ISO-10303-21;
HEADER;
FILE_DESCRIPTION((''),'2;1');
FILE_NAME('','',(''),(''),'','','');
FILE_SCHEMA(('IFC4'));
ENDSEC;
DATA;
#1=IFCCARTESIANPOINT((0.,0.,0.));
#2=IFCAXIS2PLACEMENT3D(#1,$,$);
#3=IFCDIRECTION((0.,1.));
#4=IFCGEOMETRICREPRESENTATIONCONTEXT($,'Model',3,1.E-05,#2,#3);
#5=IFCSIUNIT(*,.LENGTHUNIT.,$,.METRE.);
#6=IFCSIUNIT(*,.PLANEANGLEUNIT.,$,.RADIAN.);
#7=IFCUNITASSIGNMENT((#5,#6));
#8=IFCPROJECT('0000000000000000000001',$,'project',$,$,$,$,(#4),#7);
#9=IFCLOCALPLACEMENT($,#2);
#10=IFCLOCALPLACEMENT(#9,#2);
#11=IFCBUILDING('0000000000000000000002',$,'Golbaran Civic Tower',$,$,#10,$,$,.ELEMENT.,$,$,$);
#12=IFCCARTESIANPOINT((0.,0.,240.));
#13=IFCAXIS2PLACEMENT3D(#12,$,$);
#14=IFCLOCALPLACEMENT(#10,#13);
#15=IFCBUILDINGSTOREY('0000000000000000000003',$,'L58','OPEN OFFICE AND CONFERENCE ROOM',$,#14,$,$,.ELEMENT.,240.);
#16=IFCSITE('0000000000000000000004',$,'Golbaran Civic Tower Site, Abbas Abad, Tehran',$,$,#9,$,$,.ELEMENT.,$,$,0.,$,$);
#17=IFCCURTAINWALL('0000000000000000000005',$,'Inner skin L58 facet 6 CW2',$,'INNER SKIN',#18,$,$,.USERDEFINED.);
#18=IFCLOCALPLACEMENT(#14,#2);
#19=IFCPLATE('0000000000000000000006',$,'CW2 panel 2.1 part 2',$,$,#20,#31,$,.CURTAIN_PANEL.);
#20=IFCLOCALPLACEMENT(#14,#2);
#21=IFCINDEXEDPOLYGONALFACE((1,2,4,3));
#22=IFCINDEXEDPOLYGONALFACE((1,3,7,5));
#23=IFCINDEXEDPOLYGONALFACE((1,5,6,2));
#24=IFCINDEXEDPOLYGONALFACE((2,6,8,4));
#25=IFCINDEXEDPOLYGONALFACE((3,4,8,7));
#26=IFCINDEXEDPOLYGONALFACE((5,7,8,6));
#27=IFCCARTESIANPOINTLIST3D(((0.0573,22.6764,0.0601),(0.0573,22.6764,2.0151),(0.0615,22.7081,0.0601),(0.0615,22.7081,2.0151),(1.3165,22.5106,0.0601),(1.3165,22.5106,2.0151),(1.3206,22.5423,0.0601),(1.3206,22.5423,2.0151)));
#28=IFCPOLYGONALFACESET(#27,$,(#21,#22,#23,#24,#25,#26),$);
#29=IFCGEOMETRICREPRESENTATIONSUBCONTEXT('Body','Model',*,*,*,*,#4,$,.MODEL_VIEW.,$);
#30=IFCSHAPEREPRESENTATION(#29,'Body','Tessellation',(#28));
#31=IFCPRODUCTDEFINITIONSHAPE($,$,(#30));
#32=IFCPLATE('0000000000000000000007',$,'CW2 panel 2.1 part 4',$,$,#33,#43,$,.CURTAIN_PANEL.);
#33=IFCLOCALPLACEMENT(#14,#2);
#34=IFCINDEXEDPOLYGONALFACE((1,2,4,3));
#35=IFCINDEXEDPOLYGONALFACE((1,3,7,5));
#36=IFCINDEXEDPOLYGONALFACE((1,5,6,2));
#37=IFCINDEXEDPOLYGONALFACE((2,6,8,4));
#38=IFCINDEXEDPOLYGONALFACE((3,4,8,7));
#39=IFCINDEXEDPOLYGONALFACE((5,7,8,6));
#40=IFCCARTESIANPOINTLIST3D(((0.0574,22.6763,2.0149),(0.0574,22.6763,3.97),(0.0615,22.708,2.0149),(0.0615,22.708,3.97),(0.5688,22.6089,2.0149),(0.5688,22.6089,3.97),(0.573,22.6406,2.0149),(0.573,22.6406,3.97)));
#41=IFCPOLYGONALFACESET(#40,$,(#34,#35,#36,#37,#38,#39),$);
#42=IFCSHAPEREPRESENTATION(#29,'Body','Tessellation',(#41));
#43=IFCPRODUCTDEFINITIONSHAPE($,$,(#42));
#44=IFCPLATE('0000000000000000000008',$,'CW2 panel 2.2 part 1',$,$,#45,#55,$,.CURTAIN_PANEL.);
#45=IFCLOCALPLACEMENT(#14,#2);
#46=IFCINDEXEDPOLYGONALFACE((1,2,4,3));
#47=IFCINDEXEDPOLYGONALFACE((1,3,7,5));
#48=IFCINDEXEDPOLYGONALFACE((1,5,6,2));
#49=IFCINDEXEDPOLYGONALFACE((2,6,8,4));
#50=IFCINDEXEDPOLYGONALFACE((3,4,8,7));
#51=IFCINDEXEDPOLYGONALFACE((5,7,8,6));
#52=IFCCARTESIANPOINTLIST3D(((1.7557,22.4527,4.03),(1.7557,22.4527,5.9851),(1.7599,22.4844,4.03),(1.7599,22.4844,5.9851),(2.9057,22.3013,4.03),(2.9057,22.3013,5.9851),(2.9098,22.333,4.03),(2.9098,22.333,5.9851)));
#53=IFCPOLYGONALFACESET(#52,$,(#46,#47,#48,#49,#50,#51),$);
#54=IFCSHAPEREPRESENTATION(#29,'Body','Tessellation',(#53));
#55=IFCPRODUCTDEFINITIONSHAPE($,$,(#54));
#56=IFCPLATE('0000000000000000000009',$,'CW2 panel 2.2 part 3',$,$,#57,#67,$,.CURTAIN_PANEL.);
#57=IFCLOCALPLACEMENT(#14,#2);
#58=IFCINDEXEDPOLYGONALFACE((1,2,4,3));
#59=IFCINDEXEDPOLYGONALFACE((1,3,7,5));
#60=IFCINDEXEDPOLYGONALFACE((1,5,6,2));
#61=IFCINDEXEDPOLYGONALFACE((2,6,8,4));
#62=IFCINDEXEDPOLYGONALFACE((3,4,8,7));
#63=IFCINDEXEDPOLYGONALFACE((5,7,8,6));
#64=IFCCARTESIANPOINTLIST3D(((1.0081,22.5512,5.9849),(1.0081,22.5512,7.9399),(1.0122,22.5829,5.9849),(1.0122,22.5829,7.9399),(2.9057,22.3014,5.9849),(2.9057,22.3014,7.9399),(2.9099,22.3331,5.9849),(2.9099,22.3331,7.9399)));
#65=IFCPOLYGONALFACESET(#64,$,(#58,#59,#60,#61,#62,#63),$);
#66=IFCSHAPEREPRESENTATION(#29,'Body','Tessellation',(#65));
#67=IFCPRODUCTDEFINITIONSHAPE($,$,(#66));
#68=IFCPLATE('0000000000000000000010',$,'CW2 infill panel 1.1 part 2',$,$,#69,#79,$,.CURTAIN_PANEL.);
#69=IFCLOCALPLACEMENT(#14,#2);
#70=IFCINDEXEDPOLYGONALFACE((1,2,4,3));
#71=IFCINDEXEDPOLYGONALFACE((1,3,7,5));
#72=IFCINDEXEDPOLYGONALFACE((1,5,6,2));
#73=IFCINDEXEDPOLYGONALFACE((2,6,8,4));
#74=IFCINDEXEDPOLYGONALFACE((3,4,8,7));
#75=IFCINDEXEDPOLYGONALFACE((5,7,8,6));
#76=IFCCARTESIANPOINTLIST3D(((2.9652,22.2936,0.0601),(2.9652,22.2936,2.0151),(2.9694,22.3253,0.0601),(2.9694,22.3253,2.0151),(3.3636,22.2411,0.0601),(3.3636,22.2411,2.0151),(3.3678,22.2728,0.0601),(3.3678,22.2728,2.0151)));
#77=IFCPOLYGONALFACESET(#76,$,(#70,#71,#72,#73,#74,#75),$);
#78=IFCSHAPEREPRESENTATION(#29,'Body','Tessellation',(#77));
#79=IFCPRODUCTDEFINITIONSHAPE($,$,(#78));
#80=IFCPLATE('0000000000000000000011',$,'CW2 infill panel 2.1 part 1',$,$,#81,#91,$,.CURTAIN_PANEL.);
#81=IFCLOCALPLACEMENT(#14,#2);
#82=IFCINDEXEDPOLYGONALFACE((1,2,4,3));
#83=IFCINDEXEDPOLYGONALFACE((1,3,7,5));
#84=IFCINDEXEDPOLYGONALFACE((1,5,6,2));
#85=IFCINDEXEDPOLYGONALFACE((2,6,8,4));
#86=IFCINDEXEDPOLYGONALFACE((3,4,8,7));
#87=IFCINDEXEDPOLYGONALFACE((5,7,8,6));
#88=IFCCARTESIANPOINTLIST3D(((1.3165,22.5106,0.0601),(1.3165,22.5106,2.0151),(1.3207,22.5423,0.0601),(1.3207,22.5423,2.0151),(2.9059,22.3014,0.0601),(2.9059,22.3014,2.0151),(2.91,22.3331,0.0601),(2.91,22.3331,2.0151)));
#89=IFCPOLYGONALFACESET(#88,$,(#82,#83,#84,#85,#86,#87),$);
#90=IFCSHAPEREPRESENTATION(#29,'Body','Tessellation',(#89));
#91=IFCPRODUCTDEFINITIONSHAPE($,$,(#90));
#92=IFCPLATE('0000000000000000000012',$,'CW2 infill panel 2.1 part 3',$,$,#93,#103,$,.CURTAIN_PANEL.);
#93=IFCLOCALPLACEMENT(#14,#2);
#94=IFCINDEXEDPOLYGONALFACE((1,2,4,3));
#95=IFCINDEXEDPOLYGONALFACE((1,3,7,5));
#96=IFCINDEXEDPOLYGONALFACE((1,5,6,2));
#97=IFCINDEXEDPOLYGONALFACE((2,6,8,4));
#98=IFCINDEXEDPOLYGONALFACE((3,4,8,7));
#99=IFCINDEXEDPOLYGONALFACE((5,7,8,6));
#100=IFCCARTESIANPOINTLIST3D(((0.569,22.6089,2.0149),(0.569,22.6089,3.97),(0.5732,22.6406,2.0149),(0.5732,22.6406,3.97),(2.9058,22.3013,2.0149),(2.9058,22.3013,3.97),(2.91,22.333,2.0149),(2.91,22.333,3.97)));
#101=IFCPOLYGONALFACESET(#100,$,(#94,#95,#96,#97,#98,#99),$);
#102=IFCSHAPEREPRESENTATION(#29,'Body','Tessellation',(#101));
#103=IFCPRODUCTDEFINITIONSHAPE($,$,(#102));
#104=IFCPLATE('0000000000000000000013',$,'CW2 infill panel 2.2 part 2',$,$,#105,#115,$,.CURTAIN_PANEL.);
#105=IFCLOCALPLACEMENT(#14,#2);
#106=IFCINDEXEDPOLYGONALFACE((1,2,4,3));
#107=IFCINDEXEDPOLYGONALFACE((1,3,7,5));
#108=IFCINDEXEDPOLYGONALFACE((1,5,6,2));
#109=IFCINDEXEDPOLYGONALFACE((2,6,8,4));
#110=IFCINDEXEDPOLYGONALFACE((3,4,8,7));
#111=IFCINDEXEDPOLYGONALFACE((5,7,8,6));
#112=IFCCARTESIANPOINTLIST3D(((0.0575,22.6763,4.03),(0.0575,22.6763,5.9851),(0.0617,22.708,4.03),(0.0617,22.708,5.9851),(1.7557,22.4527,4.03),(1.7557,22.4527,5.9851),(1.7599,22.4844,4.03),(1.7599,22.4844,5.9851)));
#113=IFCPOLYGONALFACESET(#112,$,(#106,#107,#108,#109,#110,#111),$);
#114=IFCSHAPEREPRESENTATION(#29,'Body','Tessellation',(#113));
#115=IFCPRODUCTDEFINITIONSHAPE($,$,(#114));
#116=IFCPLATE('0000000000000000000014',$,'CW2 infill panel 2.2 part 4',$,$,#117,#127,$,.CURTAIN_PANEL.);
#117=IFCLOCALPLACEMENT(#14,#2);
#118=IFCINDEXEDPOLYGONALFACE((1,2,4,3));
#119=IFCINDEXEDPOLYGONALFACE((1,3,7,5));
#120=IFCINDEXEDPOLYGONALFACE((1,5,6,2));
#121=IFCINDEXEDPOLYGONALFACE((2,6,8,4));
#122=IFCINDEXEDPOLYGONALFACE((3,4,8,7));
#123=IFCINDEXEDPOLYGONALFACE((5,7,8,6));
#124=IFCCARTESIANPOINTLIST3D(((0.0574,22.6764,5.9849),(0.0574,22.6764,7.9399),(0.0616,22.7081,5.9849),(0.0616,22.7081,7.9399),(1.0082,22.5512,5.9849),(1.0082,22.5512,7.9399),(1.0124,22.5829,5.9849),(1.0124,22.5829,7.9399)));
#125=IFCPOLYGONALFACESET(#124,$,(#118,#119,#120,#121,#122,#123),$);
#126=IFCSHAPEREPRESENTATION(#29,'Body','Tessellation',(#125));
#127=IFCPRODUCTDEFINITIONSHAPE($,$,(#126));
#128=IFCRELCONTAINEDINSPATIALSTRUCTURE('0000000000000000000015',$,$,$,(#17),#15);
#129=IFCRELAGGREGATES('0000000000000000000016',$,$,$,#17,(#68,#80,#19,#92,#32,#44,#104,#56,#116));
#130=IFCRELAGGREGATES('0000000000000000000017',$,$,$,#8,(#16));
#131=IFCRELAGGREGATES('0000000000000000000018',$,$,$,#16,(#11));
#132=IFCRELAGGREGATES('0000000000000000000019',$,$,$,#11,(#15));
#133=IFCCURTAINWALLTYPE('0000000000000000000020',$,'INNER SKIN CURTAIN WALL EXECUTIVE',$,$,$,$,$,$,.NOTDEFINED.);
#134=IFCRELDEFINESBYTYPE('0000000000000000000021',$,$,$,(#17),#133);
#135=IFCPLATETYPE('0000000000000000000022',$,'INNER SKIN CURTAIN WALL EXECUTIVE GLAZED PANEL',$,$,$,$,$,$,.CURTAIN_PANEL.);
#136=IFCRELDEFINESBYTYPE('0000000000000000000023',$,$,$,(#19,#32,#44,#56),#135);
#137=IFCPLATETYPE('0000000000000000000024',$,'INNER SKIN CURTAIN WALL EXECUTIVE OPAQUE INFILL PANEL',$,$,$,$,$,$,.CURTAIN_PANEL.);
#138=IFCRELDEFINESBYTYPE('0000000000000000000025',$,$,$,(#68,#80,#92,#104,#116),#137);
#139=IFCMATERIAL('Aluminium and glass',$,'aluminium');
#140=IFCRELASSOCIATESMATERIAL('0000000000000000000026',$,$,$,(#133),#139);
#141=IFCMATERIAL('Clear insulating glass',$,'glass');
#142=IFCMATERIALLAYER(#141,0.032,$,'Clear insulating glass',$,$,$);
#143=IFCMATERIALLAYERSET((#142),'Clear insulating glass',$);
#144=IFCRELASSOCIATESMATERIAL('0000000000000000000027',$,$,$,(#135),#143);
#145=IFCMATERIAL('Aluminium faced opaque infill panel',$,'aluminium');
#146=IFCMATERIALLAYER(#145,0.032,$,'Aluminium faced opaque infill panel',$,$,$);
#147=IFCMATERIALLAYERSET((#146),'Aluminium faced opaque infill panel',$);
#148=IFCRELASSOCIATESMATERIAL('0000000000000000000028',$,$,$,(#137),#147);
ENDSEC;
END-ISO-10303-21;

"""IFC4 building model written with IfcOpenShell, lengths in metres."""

from ifc_helpers import new_model, si_unit, direction, frame, origin, origin_2d, place, context, subcontext, project, spatial, rectangle, extrude, material, layer, layer_set, type_object, element, aggregate, save


model = new_model("IFC4")

# Units and contexts
model_context = context("Model", 3, precision=1e-05, world=origin(), true_north=direction((0.0, 1.0)))
body_context = subcontext(model_context, "Body", "Model", "MODEL_VIEW")
ifc_project = project(units=[si_unit("LENGTHUNIT", "METRE"), si_unit("PLANEANGLEUNIT", "RADIAN")], contexts=[model_context])

# Site, building, storey
site_placement = place(None, origin())
site = spatial("IfcSite", under=ifc_project, at=site_placement, Name="Golbaran Civic Tower Site, Abbas Abad, Tehran", CompositionType="ELEMENT", RefElevation=0.0)
building_placement = place(site_placement, origin())
building = spatial("IfcBuilding", under=site, at=building_placement, Name="Golbaran Civic Tower", CompositionType="ELEMENT")
storey_placement = place(building_placement, frame((0.0, 0.0, 240.0)))
storey = spatial("IfcBuildingStorey", under=building, at=storey_placement, Name="L58", Description="OPEN OFFICE AND CONFERENCE ROOM", CompositionType="ELEMENT", Elevation=240.0)

# Curtain wall, plates
ifc_material_1 = material(Name="Aluminium and glass", Category="aluminium")
curtain_wall_type = type_object("IfcCurtainWallType", Name="INNER SKIN CURTAIN WALL EXECUTIVE", PredefinedType="NOTDEFINED", material=ifc_material_1)
curtain_wall_placement = place(storey_placement, origin())
curtain_wall = element("IfcCurtainWall", 1, at=curtain_wall_placement, inside=storey, type_object=curtain_wall_type, Name="Inner skin L58 facet 6 CW2", ObjectType="INNER SKIN", PredefinedType="USERDEFINED")
ifc_material_2 = material(Name="Clear insulating glass", Category="glass")
ifc_layer_1 = layer(ifc_material_2, 0.032, Name="Clear insulating glass")
ifc_layer_set_1 = layer_set([ifc_layer_1], Name="Clear insulating glass")
plate_type_1 = type_object("IfcPlateType", Name="INNER SKIN CURTAIN WALL EXECUTIVE GLAZED PANEL", PredefinedType="CURTAIN_PANEL", material=ifc_layer_set_1)
plate_1_placement = place(storey_placement, frame((0.689, 22.6094, 0.0601), z_axis=(0.0, 0.0, 1.0), x_axis=(-0.991445, 0.130526, 0.0)))
plate_1 = element("IfcPlate", 2, at=plate_1_placement, type_object=plate_type_1, Name="CW2 panel 2.1 part 2", PredefinedType="CURTAIN_PANEL", context=body_context, shape_type="SweptSolid", body=[
    extrude(rectangle(XDim=1.27, YDim=0.032, at=origin_2d()), origin(), (0.0, 0.0, 1.0), 1.9551),
])
plate_2_placement = place(storey_placement, frame((0.3152, 22.6584, 2.0149), z_axis=(0.0, 0.0, 1.0), x_axis=(-0.991445, 0.130526, 0.0)))
plate_2 = element("IfcPlate", 3, at=plate_2_placement, type_object=plate_type_1, Name="CW2 panel 2.1 part 4", PredefinedType="CURTAIN_PANEL", context=body_context, shape_type="SweptSolid", body=[
    extrude(rectangle(XDim=0.5159, YDim=0.032, at=origin_2d()), origin(), (0.0, 0.0, 1.0), 1.9551),
])
plate_3_placement = place(storey_placement, frame((2.3328, 22.3928, 4.03), z_axis=(0.0, 0.0, 1.0), x_axis=(-0.991445, 0.130526, 0.0)))
plate_3 = element("IfcPlate", 4, at=plate_3_placement, type_object=plate_type_1, Name="CW2 panel 2.2 part 1", PredefinedType="CURTAIN_PANEL", context=body_context, shape_type="SweptSolid", body=[
    extrude(rectangle(XDim=1.1599, YDim=0.032, at=origin_2d()), origin(), (0.0, 0.0, 1.0), 1.9551),
])
plate_4_placement = place(storey_placement, frame((1.959, 22.4421, 5.9849), z_axis=(0.0, 0.0, 1.0), x_axis=(-0.991445, 0.130526, 0.0)))
plate_4 = element("IfcPlate", 5, at=plate_4_placement, type_object=plate_type_1, Name="CW2 panel 2.2 part 3", PredefinedType="CURTAIN_PANEL", context=body_context, shape_type="SweptSolid", body=[
    extrude(rectangle(XDim=1.9141, YDim=0.032, at=origin_2d()), origin(), (0.0, 0.0, 1.0), 1.9551),
])
ifc_material_3 = material(Name="Aluminium faced opaque infill panel", Category="aluminium")
ifc_layer_2 = layer(ifc_material_3, 0.032, Name="Aluminium faced opaque infill panel")
ifc_layer_set_2 = layer_set([ifc_layer_2], Name="Aluminium faced opaque infill panel")
plate_type_2 = type_object("IfcPlateType", Name="INNER SKIN CURTAIN WALL EXECUTIVE OPAQUE INFILL PANEL", PredefinedType="CURTAIN_PANEL", material=ifc_layer_set_2)
plate_5_placement = place(storey_placement, frame((3.1665, 22.2832, 0.0601), z_axis=(0.0, 0.0, 1.0), x_axis=(-0.991445, 0.130526, 0.0)))
plate_5 = element("IfcPlate", 6, at=plate_5_placement, type_object=plate_type_2, Name="CW2 infill panel 1.1 part 2", PredefinedType="CURTAIN_PANEL", context=body_context, shape_type="SweptSolid", body=[
    extrude(rectangle(XDim=0.4019, YDim=0.032, at=origin_2d()), origin(), (0.0, 0.0, 1.0), 1.9551),
])
plate_6_placement = place(storey_placement, frame((2.1133, 22.4219, 0.0601), z_axis=(0.0, 0.0, 1.0), x_axis=(-0.991445, 0.130526, 0.0)))
plate_6 = element("IfcPlate", 7, at=plate_6_placement, type_object=plate_type_2, Name="CW2 infill panel 2.1 part 1", PredefinedType="CURTAIN_PANEL", context=body_context, shape_type="SweptSolid", body=[
    extrude(rectangle(XDim=1.603, YDim=0.032, at=origin_2d()), origin(), (0.0, 0.0, 1.0), 1.9551),
])
plate_7_placement = place(storey_placement, frame((1.7395, 22.4709, 2.0149), z_axis=(0.0, 0.0, 1.0), x_axis=(-0.991445, 0.130526, 0.0)))
plate_7 = element("IfcPlate", 8, at=plate_7_placement, type_object=plate_type_2, Name="CW2 infill panel 2.1 part 3", PredefinedType="CURTAIN_PANEL", context=body_context, shape_type="SweptSolid", body=[
    extrude(rectangle(XDim=2.3569, YDim=0.032, at=origin_2d()), origin(), (0.0, 0.0, 1.0), 1.9551),
])
plate_8_placement = place(storey_placement, frame((0.9087, 22.5803, 4.03), z_axis=(0.0, 0.0, 1.0), x_axis=(-0.991445, 0.130526, 0.0)))
plate_8 = element("IfcPlate", 9, at=plate_8_placement, type_object=plate_type_2, Name="CW2 infill panel 2.2 part 2", PredefinedType="CURTAIN_PANEL", context=body_context, shape_type="SweptSolid", body=[
    extrude(rectangle(XDim=1.7129, YDim=0.032, at=origin_2d()), origin(), (0.0, 0.0, 1.0), 1.9551),
])
plate_9_placement = place(storey_placement, frame((0.5349, 22.6296, 5.9849), z_axis=(0.0, 0.0, 1.0), x_axis=(-0.991445, 0.130526, 0.0)))
plate_9 = element("IfcPlate", 10, at=plate_9_placement, type_object=plate_type_2, Name="CW2 infill panel 2.2 part 4", PredefinedType="CURTAIN_PANEL", context=body_context, shape_type="SweptSolid", body=[
    extrude(rectangle(XDim=0.959, YDim=0.032, at=origin_2d()), origin(), (0.0, 0.0, 1.0), 1.9551),
])
aggregate(curtain_wall, [plate_5, plate_6, plate_1, plate_7, plate_2, plate_3, plate_8, plate_4, plate_9])

save(model, "model.ifc")
